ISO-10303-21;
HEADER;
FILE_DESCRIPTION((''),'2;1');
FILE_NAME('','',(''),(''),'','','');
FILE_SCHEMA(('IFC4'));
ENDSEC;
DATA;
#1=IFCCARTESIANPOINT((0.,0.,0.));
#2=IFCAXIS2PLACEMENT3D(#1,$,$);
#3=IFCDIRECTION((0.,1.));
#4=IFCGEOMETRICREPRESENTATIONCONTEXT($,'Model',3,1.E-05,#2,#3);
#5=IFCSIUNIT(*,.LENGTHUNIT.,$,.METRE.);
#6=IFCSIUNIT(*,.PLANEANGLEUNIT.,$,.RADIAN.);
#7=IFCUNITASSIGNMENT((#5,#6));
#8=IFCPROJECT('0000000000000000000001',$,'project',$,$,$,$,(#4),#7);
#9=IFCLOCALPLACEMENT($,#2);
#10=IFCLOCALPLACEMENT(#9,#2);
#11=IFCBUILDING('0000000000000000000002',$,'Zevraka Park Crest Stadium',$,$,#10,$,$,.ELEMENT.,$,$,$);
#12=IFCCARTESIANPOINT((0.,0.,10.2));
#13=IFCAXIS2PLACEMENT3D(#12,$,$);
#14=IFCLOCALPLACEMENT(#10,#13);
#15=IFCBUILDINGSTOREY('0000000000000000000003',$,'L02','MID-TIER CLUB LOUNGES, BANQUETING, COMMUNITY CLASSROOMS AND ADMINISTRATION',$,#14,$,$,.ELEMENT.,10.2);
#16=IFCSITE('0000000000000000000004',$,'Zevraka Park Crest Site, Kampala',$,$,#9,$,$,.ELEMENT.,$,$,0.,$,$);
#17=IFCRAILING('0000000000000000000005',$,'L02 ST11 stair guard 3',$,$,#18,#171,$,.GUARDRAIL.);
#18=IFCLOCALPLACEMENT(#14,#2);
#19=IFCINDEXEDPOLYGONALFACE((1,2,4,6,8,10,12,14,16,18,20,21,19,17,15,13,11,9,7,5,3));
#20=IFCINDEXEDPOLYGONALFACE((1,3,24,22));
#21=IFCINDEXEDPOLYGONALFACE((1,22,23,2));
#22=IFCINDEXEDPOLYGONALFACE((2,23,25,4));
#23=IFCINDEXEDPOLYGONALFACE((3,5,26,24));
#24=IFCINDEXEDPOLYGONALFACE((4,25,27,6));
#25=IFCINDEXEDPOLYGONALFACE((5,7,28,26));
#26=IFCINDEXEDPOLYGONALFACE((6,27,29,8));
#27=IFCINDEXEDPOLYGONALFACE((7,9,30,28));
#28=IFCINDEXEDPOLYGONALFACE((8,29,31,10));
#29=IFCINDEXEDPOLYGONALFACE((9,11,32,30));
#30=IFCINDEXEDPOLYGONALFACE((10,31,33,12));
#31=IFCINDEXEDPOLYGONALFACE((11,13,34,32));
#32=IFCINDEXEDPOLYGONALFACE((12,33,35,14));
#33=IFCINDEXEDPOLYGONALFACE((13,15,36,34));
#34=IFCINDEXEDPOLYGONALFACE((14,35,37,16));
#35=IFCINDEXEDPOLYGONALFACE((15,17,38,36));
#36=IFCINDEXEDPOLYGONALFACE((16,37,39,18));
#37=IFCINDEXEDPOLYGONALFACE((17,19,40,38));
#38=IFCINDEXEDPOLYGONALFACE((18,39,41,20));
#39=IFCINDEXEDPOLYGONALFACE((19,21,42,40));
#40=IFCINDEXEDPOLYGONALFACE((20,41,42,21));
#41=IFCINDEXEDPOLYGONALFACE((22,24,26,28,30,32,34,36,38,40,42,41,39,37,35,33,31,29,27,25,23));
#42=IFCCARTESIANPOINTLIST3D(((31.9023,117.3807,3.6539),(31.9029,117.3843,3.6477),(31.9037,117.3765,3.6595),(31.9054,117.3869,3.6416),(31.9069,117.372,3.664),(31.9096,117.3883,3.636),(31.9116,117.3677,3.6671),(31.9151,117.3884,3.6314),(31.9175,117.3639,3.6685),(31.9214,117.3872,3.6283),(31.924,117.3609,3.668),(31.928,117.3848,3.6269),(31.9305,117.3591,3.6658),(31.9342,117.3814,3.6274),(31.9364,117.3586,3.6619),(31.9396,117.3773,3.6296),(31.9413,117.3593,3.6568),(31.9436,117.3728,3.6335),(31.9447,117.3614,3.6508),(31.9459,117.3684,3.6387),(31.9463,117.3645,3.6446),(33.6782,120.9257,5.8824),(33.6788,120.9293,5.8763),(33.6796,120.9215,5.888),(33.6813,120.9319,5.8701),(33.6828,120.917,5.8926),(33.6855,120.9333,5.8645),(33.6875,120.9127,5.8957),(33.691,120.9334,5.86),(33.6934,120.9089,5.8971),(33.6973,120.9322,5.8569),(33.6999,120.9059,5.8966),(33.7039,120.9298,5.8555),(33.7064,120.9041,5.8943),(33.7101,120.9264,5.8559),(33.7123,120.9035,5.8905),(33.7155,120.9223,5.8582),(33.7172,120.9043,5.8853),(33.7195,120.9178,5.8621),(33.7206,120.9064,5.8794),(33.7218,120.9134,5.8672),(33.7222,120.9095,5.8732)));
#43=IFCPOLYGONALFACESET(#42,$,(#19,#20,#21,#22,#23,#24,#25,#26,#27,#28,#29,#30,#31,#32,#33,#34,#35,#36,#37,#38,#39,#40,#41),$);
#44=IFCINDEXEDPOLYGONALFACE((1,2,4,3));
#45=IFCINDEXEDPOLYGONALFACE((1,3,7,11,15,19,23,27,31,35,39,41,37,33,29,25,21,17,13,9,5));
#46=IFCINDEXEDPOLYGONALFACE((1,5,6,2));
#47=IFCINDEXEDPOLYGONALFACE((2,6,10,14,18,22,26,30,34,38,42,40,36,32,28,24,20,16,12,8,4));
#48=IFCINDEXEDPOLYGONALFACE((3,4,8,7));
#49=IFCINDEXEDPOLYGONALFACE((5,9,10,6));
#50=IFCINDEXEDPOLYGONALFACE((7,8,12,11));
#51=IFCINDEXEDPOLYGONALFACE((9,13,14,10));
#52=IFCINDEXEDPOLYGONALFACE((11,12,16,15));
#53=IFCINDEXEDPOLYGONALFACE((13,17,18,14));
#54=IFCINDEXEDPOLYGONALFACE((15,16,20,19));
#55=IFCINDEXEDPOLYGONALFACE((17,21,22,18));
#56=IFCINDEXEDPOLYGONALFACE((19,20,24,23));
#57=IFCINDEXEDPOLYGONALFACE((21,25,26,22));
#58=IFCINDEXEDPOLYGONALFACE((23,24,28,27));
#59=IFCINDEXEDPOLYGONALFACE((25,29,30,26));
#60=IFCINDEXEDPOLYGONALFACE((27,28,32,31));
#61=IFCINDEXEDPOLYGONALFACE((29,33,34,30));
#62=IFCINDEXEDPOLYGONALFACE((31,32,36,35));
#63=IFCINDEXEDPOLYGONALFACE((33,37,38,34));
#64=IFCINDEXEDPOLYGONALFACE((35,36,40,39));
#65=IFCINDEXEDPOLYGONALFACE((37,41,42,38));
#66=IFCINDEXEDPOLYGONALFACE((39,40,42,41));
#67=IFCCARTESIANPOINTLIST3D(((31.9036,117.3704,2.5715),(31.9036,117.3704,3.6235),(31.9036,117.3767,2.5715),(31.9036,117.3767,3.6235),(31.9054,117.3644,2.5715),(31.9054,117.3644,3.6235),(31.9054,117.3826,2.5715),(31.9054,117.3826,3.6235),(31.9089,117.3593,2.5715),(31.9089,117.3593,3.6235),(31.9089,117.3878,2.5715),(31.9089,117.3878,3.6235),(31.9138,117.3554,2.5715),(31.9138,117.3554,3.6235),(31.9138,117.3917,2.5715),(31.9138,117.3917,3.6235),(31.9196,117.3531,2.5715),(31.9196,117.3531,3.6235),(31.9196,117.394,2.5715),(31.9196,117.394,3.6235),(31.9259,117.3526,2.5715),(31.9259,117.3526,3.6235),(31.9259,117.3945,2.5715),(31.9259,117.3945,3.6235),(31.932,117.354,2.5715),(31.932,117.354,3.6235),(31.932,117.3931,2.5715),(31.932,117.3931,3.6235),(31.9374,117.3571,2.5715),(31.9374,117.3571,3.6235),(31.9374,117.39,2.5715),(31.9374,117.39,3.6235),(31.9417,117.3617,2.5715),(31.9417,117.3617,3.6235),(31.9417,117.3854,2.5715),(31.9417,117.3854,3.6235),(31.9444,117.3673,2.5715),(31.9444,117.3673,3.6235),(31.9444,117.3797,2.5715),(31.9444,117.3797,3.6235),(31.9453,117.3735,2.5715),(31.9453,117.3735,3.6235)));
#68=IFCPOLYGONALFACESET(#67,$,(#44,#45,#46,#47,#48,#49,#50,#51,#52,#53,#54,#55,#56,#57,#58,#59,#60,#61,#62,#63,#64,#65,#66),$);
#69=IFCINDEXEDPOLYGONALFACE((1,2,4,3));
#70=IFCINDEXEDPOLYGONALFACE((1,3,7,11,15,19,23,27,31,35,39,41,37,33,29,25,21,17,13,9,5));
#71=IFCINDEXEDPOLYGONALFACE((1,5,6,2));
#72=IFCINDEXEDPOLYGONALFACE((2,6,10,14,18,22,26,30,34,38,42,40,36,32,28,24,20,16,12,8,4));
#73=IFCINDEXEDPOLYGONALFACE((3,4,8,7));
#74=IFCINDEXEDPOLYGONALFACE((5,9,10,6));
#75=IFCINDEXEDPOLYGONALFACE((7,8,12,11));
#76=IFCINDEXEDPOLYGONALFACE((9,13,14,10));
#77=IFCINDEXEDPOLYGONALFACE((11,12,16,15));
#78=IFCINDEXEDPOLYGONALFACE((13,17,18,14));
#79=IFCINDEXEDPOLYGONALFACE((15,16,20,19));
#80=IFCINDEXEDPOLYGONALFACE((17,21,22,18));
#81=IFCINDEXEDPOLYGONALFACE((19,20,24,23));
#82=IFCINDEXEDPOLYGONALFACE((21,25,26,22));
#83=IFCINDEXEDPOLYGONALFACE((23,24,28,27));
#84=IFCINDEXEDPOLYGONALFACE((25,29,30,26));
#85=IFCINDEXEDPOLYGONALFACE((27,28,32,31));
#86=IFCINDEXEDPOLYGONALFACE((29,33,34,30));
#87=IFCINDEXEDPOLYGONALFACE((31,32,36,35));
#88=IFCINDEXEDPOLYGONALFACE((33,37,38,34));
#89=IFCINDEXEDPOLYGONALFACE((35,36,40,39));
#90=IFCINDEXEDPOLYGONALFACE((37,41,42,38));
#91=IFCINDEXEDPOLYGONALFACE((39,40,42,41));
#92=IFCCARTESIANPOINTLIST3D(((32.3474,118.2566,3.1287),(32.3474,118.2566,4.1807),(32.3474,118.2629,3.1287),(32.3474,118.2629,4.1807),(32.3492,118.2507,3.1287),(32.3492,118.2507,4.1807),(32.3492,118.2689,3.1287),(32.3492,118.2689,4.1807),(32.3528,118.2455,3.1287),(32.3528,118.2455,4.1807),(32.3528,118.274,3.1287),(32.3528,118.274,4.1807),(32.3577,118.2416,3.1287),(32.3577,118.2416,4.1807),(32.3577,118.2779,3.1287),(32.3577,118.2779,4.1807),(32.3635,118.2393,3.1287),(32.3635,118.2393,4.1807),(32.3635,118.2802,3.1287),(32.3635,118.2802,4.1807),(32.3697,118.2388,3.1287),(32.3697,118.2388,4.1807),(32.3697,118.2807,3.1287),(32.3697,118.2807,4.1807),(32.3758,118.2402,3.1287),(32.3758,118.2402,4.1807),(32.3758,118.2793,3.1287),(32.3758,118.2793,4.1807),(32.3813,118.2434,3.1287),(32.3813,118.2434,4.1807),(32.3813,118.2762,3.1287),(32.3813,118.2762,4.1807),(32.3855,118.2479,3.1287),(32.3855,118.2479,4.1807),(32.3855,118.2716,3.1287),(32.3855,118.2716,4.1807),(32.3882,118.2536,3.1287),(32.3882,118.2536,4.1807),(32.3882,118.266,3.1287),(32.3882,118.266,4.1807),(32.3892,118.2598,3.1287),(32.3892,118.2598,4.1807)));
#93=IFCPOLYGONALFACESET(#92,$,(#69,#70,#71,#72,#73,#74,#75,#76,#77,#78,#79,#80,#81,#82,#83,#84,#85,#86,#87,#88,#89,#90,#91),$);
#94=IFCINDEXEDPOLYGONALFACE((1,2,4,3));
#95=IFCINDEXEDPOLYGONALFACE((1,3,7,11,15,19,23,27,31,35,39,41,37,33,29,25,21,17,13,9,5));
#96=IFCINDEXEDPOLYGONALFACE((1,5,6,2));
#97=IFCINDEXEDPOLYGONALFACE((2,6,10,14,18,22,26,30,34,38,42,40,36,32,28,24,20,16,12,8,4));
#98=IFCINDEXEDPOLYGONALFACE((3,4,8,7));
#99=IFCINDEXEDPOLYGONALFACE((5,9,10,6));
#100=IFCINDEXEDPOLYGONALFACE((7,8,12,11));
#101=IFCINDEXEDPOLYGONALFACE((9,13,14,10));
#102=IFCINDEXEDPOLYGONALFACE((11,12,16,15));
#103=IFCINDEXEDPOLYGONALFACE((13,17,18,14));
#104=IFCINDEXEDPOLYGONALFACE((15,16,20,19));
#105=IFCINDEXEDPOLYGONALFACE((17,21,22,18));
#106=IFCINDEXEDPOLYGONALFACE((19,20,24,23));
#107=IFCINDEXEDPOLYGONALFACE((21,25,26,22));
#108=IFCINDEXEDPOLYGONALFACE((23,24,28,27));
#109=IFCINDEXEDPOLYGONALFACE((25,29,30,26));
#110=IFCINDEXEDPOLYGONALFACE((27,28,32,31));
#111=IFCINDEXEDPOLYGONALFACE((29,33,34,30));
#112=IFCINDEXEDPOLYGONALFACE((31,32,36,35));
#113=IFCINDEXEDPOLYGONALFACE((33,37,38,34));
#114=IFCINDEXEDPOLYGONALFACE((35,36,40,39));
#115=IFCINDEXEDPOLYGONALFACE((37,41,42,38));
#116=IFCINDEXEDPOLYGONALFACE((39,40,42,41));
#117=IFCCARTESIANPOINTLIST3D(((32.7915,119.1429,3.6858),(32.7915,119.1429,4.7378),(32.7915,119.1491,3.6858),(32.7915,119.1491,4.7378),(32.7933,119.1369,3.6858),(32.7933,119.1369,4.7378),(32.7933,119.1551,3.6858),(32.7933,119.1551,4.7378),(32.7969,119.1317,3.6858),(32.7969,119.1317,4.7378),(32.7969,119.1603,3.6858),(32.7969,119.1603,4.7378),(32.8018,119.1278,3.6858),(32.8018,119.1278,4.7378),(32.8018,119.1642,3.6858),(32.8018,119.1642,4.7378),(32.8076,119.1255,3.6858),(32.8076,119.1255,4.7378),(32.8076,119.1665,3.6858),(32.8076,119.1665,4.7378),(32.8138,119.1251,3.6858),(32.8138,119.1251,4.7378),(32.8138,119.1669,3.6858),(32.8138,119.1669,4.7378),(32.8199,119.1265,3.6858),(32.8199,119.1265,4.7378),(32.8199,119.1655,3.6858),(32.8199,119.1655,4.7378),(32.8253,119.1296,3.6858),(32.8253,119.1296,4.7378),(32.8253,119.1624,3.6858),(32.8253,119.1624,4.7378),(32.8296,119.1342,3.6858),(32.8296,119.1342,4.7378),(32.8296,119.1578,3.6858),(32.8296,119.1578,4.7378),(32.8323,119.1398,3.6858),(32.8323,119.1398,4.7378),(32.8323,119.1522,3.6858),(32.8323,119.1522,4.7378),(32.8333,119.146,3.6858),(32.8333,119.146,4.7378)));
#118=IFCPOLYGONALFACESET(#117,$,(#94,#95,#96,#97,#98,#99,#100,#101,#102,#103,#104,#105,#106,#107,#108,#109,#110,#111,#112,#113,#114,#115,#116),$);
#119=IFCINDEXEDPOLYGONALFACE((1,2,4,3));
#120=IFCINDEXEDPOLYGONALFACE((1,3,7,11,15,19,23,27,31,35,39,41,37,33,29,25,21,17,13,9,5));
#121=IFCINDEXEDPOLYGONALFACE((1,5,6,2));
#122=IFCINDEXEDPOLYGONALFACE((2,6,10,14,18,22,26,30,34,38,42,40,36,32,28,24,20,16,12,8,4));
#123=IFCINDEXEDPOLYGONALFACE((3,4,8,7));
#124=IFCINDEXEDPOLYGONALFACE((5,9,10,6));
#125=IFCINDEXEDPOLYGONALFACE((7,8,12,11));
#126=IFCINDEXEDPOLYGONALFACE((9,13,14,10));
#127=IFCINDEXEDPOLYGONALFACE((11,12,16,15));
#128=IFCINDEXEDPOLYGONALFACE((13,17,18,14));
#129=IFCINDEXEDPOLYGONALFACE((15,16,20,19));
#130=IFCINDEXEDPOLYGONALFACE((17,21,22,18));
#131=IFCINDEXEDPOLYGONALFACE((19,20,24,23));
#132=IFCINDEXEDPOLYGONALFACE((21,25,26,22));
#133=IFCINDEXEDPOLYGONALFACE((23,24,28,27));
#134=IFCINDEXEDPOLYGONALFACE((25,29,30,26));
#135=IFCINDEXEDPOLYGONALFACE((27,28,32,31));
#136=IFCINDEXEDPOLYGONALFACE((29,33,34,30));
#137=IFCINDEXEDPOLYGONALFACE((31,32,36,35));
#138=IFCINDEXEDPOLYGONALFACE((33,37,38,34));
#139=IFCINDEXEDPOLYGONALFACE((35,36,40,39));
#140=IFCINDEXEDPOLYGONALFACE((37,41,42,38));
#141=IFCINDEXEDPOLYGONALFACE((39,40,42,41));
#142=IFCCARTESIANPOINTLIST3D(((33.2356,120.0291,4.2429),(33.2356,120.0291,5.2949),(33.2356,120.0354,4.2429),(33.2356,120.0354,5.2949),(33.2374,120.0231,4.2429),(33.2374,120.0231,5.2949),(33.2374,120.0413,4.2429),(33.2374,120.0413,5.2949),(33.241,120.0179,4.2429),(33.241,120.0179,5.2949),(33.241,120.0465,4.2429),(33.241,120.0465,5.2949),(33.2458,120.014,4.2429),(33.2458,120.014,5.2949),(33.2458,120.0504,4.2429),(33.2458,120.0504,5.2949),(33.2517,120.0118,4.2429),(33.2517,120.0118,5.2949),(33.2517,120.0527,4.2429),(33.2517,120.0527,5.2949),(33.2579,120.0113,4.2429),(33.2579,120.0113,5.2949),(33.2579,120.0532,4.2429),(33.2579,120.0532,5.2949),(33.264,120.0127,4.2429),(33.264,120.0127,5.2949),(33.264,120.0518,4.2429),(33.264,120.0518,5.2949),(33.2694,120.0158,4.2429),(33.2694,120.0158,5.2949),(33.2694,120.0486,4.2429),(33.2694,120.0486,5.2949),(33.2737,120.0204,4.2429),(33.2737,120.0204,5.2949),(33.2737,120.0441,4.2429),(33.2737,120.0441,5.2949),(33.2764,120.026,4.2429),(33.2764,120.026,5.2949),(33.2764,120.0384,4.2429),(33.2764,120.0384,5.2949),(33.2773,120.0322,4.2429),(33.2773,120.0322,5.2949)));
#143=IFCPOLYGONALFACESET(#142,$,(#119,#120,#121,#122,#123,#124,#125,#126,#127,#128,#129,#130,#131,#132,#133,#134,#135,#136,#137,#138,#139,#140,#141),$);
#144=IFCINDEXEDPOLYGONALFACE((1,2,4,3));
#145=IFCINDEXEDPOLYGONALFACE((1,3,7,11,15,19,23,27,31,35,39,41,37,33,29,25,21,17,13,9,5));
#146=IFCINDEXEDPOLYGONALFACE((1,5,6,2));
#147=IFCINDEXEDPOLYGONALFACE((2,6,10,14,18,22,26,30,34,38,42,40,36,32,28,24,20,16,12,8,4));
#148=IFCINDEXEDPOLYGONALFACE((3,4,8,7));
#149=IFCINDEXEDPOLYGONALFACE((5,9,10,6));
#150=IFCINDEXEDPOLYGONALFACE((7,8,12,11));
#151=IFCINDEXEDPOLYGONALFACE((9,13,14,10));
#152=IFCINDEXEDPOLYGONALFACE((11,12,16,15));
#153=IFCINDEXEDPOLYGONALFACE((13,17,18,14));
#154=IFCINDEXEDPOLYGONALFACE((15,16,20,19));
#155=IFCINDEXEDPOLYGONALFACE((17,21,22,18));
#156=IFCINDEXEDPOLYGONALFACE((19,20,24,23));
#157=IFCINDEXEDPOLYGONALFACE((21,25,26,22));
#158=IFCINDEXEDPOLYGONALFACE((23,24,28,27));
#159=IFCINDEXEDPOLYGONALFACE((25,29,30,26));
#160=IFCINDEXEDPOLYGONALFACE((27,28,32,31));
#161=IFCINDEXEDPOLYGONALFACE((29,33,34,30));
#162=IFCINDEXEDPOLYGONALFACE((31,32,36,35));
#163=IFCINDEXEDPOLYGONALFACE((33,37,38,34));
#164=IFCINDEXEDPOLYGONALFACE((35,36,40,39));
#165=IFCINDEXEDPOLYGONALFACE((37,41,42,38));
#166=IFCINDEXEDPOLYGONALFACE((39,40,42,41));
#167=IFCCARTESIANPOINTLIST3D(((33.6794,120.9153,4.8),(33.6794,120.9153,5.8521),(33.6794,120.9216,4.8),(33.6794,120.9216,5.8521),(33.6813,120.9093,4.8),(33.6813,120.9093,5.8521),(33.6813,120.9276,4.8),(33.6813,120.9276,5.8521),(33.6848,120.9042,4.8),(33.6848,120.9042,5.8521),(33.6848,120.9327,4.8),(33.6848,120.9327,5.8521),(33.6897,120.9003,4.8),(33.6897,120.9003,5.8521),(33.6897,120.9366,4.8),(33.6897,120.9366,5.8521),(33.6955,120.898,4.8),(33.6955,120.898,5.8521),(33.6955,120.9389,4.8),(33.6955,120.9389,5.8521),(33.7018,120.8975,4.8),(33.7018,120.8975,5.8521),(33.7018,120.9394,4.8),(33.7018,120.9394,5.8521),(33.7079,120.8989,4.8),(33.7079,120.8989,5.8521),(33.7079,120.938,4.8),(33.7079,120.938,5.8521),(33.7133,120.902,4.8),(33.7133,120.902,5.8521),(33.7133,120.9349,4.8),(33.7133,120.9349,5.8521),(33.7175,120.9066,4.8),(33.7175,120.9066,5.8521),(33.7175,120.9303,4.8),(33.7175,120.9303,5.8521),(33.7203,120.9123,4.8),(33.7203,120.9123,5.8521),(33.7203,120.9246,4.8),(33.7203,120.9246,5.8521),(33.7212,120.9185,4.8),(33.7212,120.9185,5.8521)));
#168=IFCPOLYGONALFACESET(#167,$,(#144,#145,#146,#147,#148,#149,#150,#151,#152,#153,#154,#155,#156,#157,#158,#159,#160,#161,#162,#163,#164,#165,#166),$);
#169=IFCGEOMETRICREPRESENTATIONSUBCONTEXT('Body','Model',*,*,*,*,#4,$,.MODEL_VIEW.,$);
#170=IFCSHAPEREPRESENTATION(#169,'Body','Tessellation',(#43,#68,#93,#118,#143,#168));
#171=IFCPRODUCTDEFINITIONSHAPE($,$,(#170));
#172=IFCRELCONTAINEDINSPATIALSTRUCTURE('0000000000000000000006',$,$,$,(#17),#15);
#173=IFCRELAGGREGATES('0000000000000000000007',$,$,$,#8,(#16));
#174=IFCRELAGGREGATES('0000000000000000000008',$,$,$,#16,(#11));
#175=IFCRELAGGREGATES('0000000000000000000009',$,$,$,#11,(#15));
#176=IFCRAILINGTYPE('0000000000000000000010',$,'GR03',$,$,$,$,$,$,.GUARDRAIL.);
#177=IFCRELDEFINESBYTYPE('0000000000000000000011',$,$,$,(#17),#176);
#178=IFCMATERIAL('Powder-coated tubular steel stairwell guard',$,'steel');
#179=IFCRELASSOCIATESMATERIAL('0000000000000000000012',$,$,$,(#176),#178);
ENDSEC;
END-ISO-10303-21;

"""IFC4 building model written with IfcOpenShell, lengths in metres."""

from ifc_helpers import new_model, si_unit, direction, frame, origin, origin_2d, place, context, subcontext, project, spatial, circle, extrude, material, type_object, element, save


model = new_model("IFC4")

# Units and contexts
model_context = context("Model", 3, precision=1e-05, world=origin(), true_north=direction((0.0, 1.0)))
body_context = subcontext(model_context, "Body", "Model", "MODEL_VIEW")
ifc_project = project(units=[si_unit("LENGTHUNIT", "METRE"), si_unit("PLANEANGLEUNIT", "RADIAN")], contexts=[model_context])

# Site, building, storey
site_placement = place(None, origin())
site = spatial("IfcSite", under=ifc_project, at=site_placement, Name="Zevraka Park Crest Site, Kampala", CompositionType="ELEMENT", RefElevation=0.0)
building_placement = place(site_placement, origin())
building = spatial("IfcBuilding", under=site, at=building_placement, Name="Zevraka Park Crest Stadium", CompositionType="ELEMENT")
storey_placement = place(building_placement, frame((0.0, 0.0, 10.2)))
storey = spatial("IfcBuildingStorey", under=building, at=storey_placement, Name="L02", Description="MID-TIER CLUB LOUNGES, BANQUETING, COMMUNITY CLASSROOMS AND ADMINISTRATION", CompositionType="ELEMENT", Elevation=10.2)

# Railing
ifc_material_1 = material(Name="Powder-coated tubular steel stairwell guard", Category="steel")
railing_type_1 = type_object("IfcRailingType", Name="GR03", PredefinedType="GUARDRAIL", material=ifc_material_1)
railing_1_placement = place(storey_placement, frame((31.9243, 117.3735, 2.5715)))
element("IfcRailing", 1, at=railing_1_placement, inside=storey, type_object=railing_type_1, Name="L02 ST11 stair guard 3", PredefinedType="GUARDRAIL", context=body_context, shape_type="SweptSolid", body=[
    extrude(circle(Radius=0.0239, at=origin_2d()), frame((0.0, 0.0, 1.0762), z_axis=(0.390454, 0.779405, 0.489973), x_axis=(-0.894082, 0.447903, 0.0)), (0.0, 0.0, 1.0), 4.5483),
    extrude(circle(Radius=0.021, at=origin_2d()), origin(), (0.0, 0.0, 1.0), 1.052),
    extrude(circle(Radius=0.021, at=origin_2d()), frame((0.4438, 0.8862, 0.5571)), (0.0, 0.0, 1.0), 1.052),
    extrude(circle(Radius=0.021, at=origin_2d()), frame((0.8879, 1.7725, 1.1143)), (0.0, 0.0, 1.0), 1.052),
    extrude(circle(Radius=0.021, at=origin_2d()), frame((1.332, 2.6587, 1.6714)), (0.0, 0.0, 1.0), 1.052),
    extrude(circle(Radius=0.021, at=origin_2d()), frame((1.7759, 3.5449, 2.2285)), (0.0, 0.0, 1.0), 1.052),
])

save(model, "model.ifc")
